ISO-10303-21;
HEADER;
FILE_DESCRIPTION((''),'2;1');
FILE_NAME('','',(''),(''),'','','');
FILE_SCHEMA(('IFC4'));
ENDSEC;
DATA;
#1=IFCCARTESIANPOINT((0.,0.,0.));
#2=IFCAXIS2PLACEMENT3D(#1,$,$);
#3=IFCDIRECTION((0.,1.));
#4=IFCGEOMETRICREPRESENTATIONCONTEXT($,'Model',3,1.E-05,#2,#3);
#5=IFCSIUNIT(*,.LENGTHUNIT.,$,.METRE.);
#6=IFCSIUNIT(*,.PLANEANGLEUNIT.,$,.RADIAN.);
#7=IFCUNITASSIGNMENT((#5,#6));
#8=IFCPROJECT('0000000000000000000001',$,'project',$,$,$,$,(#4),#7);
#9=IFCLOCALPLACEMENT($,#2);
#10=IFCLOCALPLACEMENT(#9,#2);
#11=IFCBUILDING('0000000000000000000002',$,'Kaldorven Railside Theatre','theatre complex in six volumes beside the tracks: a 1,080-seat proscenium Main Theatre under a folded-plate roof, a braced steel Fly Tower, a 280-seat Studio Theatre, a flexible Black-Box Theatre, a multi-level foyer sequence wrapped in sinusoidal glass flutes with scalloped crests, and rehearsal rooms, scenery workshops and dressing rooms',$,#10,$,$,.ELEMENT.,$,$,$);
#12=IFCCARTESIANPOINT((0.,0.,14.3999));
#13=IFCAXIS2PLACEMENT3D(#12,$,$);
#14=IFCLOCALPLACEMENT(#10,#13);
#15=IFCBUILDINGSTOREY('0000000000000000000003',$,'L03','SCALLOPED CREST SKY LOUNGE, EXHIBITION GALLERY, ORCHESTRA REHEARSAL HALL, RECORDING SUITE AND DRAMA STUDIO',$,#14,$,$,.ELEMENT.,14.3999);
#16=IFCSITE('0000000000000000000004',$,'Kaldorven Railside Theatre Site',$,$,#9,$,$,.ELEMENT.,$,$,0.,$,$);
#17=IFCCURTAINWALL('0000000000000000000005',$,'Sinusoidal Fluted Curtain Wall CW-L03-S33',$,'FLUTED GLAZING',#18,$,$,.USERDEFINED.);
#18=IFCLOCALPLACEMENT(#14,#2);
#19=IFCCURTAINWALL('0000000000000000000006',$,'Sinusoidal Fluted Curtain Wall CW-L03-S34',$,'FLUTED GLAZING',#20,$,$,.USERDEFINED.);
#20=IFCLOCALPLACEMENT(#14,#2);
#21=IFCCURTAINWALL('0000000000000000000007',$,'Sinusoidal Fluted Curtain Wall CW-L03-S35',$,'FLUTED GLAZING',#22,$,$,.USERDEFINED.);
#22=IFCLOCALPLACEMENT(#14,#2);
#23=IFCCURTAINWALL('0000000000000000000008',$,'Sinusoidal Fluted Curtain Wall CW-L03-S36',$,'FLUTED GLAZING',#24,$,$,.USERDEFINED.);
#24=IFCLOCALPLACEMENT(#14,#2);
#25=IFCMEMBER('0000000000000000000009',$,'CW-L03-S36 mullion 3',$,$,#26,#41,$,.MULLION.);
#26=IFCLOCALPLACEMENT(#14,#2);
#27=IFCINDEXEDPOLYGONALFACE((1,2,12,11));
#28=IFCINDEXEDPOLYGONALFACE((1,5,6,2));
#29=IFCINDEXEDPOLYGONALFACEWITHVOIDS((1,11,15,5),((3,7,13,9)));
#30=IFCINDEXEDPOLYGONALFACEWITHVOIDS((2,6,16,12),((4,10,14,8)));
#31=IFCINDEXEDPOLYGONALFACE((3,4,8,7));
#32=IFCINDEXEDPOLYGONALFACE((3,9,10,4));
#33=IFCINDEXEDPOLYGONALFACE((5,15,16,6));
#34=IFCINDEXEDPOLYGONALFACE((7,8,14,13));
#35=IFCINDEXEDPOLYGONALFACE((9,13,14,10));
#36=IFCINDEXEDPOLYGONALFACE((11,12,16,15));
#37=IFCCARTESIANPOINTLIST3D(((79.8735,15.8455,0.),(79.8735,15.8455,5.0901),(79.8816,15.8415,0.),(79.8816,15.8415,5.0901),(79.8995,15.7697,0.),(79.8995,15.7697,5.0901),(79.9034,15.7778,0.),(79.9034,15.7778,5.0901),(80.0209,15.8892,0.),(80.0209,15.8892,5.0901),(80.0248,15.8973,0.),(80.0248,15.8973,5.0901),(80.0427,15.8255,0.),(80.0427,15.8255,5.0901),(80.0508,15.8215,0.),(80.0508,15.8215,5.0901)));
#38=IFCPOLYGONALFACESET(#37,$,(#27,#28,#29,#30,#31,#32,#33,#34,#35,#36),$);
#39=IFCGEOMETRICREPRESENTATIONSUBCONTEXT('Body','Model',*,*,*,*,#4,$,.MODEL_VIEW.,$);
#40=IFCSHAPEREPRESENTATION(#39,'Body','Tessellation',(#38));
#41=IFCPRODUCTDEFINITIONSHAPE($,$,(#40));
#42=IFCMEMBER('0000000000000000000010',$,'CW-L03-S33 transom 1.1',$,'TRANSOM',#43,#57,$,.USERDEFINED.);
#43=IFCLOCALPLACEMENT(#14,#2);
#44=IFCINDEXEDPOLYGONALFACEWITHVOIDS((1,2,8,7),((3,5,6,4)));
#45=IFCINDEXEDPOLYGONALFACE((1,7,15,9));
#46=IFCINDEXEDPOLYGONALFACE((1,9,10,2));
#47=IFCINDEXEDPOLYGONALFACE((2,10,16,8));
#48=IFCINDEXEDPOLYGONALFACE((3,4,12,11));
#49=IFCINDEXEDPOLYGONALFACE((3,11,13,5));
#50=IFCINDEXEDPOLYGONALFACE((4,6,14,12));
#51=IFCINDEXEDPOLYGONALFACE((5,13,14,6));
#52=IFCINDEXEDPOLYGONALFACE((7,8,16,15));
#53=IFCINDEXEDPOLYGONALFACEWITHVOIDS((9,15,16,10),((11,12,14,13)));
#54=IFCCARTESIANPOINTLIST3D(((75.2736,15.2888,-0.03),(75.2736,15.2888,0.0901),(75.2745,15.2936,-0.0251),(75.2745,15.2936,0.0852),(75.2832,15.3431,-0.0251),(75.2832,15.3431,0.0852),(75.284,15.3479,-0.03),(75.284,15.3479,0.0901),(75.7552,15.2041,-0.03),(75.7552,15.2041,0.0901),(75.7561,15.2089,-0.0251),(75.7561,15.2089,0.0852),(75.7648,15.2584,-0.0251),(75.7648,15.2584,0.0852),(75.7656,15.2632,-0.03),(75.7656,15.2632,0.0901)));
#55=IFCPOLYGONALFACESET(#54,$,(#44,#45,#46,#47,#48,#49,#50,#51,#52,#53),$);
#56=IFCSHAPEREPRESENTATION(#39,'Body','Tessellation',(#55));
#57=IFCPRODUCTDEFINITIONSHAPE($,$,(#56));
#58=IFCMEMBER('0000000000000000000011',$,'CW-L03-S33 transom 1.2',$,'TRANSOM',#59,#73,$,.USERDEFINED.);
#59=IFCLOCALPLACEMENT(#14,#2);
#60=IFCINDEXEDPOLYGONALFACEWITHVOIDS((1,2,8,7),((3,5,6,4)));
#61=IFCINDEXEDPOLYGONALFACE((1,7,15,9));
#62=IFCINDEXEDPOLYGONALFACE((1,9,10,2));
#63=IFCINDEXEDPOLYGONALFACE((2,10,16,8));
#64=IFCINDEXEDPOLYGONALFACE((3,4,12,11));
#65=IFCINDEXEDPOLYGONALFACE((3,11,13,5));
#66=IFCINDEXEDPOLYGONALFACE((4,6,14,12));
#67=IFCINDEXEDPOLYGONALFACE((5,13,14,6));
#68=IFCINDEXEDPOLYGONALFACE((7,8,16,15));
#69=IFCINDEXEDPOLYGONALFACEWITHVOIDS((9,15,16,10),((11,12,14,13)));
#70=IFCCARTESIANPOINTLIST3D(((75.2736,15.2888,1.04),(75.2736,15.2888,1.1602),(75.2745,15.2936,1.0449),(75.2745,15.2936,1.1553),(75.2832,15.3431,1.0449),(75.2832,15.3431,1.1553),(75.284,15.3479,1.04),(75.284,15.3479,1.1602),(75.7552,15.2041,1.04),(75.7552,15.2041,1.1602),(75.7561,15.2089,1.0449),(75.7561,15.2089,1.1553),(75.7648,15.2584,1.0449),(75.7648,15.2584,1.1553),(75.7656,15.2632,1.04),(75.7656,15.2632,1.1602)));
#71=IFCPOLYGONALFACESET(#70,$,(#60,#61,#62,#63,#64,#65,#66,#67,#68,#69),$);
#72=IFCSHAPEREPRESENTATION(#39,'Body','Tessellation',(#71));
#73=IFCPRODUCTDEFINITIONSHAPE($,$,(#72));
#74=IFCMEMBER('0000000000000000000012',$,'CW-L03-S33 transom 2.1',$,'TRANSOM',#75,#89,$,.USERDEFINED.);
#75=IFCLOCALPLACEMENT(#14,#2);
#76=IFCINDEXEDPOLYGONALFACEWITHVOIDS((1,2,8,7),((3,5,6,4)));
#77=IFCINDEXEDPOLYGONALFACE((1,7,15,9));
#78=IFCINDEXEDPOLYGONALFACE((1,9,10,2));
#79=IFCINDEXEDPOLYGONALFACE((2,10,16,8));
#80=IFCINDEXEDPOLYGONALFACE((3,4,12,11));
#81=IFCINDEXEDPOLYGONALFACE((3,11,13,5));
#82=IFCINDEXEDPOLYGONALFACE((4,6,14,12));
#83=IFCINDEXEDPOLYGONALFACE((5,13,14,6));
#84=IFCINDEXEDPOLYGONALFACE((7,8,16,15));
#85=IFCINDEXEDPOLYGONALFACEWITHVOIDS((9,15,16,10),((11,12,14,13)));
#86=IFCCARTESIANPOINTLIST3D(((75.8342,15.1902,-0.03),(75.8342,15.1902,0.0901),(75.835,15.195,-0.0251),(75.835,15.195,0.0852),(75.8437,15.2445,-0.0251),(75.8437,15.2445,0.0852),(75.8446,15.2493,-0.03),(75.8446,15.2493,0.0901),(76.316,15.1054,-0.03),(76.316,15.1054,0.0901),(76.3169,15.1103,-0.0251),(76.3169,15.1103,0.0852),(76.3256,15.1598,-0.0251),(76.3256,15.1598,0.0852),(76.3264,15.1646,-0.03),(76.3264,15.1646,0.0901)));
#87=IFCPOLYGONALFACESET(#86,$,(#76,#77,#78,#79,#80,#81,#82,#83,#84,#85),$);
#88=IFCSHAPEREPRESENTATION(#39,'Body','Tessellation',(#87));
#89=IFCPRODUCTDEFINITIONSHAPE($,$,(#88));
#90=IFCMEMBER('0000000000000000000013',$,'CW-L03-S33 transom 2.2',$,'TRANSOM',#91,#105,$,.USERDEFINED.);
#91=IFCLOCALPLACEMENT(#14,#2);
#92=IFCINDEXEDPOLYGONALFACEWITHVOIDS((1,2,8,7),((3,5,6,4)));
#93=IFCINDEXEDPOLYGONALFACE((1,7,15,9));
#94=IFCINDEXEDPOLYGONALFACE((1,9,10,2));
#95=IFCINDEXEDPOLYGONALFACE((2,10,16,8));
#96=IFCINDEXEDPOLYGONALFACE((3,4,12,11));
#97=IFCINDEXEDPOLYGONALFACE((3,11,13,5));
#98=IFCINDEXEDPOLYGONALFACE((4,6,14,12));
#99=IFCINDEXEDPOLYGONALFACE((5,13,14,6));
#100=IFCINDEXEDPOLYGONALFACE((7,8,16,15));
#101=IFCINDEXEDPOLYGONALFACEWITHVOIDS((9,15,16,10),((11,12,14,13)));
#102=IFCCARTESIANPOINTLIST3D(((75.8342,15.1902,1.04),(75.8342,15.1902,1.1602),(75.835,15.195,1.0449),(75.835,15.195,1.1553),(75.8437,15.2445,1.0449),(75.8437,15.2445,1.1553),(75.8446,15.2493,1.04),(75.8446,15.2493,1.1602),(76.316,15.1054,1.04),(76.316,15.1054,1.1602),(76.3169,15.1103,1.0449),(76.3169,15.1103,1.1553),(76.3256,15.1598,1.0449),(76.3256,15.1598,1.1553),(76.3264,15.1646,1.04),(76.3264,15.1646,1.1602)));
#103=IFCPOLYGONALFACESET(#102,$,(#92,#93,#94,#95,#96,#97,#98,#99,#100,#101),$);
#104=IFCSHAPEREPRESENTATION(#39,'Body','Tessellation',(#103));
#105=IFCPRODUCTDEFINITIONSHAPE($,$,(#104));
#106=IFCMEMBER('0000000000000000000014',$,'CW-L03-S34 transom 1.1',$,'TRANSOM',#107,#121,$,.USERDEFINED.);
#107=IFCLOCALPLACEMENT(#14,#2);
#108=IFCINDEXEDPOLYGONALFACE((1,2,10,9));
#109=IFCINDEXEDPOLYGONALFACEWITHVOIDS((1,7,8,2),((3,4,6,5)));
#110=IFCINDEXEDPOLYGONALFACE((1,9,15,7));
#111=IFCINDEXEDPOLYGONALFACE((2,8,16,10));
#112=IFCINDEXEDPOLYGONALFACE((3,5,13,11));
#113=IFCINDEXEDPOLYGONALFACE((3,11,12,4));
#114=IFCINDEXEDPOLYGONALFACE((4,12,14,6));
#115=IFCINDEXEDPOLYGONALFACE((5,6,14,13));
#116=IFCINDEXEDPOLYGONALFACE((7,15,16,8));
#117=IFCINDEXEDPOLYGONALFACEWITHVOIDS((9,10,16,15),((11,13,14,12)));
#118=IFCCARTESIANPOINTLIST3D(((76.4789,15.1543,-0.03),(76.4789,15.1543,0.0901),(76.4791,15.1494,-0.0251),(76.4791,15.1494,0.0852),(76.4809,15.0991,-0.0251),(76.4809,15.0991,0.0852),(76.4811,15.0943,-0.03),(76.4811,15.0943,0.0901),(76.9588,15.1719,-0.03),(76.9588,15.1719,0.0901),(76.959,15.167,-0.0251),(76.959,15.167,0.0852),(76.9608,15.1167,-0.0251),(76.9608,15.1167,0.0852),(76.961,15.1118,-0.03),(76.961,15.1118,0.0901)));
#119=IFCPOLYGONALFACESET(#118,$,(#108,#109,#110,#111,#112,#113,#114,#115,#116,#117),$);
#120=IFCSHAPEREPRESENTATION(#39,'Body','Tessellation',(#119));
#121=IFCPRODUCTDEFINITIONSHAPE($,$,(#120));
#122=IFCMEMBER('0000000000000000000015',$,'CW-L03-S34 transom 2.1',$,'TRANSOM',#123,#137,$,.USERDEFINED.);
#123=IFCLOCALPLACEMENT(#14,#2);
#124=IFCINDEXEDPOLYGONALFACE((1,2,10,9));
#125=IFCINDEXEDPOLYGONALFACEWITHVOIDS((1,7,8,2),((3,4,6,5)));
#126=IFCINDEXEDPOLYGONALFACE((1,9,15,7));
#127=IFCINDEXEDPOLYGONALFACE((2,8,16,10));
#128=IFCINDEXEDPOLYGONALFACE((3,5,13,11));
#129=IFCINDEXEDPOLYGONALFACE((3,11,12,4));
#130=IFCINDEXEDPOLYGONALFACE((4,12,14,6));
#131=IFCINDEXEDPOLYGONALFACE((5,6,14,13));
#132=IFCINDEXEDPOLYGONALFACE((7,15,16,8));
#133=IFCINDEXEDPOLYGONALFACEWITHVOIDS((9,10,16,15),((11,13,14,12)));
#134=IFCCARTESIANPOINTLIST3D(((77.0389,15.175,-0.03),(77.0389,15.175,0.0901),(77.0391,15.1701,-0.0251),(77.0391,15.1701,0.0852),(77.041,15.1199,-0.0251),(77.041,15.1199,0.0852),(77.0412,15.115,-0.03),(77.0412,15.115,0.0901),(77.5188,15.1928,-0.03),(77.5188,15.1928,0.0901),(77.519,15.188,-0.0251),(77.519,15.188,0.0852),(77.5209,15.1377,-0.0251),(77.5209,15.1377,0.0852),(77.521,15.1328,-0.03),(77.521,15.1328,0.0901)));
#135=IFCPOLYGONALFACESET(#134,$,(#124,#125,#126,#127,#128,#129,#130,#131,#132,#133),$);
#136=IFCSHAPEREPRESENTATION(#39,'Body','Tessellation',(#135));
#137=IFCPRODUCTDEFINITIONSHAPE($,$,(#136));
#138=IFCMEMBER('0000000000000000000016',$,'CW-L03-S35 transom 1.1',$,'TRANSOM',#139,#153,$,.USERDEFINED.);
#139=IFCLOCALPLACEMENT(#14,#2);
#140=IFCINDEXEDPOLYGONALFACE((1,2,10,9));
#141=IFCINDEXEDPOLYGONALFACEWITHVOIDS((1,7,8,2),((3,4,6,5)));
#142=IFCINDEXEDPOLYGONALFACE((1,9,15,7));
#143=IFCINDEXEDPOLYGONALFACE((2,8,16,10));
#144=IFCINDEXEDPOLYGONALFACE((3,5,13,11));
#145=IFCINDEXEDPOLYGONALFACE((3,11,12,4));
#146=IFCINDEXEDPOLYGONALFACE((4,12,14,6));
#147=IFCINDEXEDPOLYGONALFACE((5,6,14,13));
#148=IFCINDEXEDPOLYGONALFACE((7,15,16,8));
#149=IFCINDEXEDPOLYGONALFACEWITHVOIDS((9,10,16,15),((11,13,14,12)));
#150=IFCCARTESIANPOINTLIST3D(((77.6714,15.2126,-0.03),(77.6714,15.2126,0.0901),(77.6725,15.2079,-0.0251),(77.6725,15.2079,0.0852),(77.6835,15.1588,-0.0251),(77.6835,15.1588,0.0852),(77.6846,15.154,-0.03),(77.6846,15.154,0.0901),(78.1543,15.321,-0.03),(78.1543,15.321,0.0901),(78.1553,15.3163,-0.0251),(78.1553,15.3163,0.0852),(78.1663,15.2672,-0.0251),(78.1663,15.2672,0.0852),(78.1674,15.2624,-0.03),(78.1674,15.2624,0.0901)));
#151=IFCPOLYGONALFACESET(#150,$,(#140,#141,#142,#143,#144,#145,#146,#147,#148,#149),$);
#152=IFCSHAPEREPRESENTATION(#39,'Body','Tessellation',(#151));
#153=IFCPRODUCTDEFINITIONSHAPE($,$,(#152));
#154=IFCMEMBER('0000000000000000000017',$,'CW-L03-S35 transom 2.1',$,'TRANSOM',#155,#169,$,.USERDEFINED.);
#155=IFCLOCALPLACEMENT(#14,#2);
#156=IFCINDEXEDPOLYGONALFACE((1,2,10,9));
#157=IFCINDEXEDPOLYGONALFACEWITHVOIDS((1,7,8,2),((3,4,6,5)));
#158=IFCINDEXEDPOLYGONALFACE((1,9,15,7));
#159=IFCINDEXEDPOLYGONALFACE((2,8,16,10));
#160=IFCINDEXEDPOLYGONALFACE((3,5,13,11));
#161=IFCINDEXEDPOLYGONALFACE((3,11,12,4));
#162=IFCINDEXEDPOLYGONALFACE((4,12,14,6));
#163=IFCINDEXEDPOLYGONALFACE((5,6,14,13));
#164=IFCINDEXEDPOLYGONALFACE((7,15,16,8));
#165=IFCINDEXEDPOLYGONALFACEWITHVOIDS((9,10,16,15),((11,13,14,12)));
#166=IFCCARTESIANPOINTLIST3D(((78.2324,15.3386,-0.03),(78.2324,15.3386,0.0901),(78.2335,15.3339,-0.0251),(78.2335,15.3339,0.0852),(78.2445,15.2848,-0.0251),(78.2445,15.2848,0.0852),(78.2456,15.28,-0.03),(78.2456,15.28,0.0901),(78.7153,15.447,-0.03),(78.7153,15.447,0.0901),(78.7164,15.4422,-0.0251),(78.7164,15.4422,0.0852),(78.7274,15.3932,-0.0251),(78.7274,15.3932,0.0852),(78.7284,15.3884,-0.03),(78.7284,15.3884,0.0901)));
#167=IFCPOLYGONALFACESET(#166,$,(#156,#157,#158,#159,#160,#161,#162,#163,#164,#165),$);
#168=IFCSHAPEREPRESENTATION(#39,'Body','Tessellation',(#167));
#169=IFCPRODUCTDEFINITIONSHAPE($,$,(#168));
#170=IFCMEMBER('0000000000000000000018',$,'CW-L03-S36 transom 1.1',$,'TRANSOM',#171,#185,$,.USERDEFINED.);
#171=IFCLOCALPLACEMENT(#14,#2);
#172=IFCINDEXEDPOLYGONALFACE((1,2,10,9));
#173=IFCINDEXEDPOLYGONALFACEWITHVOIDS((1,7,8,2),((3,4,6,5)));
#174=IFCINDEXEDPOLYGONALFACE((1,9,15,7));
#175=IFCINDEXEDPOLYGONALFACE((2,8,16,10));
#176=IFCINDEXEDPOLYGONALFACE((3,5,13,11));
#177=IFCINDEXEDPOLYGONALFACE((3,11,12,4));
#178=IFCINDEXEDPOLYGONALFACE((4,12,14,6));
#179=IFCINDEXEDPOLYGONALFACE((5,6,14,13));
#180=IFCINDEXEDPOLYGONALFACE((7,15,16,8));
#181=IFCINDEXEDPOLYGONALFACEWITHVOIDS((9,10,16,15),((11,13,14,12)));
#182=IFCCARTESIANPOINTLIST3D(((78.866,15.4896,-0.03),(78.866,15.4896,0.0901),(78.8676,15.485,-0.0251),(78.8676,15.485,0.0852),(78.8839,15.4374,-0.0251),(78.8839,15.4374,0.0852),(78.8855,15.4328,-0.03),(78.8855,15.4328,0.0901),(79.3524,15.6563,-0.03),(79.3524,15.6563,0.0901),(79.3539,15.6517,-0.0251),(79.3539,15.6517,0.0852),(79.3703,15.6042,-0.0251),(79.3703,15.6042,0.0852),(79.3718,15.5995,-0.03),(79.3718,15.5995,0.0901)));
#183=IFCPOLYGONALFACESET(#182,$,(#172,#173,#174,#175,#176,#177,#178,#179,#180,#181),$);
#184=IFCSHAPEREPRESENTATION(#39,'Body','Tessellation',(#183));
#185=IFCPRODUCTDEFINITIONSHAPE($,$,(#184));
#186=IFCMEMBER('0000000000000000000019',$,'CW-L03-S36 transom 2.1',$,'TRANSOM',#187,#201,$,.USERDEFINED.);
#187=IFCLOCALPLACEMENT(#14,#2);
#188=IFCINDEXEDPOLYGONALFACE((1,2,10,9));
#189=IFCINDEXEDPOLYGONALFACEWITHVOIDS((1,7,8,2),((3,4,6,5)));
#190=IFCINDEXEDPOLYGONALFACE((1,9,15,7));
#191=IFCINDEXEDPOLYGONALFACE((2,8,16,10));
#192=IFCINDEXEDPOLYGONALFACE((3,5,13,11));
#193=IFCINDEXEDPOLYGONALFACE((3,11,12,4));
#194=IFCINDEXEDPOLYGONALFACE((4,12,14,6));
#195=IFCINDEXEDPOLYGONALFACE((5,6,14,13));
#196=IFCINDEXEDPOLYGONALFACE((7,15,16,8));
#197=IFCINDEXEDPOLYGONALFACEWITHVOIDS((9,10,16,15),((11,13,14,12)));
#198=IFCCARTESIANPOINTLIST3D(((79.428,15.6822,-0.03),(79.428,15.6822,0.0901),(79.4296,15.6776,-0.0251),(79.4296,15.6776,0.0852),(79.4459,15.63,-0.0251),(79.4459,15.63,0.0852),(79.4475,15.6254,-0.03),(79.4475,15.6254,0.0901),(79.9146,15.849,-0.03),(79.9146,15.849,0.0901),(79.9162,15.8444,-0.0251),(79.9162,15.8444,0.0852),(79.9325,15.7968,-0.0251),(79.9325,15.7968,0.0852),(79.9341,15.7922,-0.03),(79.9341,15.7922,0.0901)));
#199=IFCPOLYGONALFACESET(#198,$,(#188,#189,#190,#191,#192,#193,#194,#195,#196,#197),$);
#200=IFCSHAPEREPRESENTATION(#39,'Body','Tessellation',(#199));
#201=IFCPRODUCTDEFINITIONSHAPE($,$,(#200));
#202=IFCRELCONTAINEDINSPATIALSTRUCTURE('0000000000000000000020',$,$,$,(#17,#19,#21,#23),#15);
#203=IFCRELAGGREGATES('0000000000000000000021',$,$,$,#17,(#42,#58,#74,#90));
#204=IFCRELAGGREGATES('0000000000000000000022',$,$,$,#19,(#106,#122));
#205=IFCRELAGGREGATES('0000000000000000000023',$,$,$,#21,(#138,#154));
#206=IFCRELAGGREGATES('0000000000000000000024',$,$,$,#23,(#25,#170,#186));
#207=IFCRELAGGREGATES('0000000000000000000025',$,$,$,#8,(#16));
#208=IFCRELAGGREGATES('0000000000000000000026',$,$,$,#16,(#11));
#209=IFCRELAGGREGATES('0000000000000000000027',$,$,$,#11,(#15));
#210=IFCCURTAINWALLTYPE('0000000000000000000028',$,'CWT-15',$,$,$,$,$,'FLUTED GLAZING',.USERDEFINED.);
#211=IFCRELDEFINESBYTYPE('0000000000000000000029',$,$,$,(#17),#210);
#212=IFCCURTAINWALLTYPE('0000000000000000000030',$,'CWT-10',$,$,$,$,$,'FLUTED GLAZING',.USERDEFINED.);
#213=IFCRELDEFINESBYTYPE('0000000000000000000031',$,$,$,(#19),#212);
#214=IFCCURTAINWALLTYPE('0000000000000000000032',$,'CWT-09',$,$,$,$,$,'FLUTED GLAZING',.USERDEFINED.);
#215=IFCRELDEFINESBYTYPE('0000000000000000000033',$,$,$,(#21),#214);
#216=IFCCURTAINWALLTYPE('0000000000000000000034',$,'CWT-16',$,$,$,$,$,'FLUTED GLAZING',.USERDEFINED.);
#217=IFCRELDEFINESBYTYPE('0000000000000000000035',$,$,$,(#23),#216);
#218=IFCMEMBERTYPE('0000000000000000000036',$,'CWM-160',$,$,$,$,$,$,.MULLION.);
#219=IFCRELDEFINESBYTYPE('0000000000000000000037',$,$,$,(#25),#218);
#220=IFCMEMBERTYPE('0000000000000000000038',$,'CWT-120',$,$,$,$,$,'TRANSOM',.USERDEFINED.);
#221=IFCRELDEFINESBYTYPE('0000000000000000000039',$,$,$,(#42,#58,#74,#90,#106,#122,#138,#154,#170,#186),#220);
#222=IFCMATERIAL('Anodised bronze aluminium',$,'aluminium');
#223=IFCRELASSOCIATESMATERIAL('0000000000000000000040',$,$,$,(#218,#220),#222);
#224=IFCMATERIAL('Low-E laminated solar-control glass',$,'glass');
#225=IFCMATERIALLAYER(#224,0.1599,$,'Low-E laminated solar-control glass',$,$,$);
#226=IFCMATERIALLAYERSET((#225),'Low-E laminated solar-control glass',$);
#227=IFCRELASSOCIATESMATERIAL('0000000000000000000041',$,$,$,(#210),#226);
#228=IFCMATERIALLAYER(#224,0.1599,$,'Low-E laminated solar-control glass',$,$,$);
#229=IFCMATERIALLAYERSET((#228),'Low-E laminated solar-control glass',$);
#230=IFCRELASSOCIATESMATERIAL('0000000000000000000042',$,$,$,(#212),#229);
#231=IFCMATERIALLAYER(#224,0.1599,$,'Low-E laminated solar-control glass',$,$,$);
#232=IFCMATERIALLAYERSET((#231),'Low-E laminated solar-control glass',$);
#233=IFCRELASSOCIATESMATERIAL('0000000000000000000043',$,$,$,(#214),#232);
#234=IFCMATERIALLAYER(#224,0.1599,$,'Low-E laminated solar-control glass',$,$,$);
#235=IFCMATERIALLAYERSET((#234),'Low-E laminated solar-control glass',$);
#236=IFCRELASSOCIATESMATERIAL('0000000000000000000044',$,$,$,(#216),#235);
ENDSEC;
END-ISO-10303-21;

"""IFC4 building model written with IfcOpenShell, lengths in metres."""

from ifc_helpers import new_model, si_unit, direction, frame, origin, origin_2d, place, context, subcontext, project, spatial, hollow_rectangle, extrude, material, layer, layer_set, material_profile, profile_set, type_object, element, aggregate, save


model = new_model("IFC4")

# Units and contexts
model_context = context("Model", 3, precision=1e-05, world=origin(), true_north=direction((0.0, 1.0)))
body_context = subcontext(model_context, "Body", "Model", "MODEL_VIEW")
ifc_project = project(units=[si_unit("LENGTHUNIT", "METRE"), si_unit("PLANEANGLEUNIT", "RADIAN")], contexts=[model_context])

# Site, building, storey
site_placement = place(None, origin())
site = spatial("IfcSite", under=ifc_project, at=site_placement, Name="Kaldorven Railside Theatre Site", CompositionType="ELEMENT", RefElevation=0.0)
building_placement = place(site_placement, origin())
building = spatial("IfcBuilding", under=site, at=building_placement, Name="Kaldorven Railside Theatre", Description="theatre complex in six volumes beside the tracks: a 1,080-seat proscenium Main Theatre under a folded-plate roof, a braced steel Fly Tower, a 280-seat Studio Theatre, a flexible Black-Box Theatre, a multi-level foyer sequence wrapped in sinusoidal glass flutes with scalloped crests, and rehearsal rooms, scenery workshops and dressing rooms", CompositionType="ELEMENT")
storey_placement = place(building_placement, frame((0.0, 0.0, 14.3999)))
storey = spatial("IfcBuildingStorey", under=building, at=storey_placement, Name="L03", Description="SCALLOPED CREST SKY LOUNGE, EXHIBITION GALLERY, ORCHESTRA REHEARSAL HALL, RECORDING SUITE AND DRAMA STUDIO", CompositionType="ELEMENT", Elevation=14.3999)

# Shared definitions
ifc_material_1 = material(Name="Low-E laminated solar-control glass", Category="glass")
ifc_material_2 = material(Name="Anodised bronze aluminium", Category="aluminium")
ifc_material_profile_1 = material_profile(ifc_material_2, hollow_rectangle(XDim=0.0801, YDim=0.1599, WallThickness=0.0063, at=origin_2d()), Name="RHS 160x80x6.3")
ifc_profile_set_1 = profile_set([ifc_material_profile_1], Name="Anodised bronze aluminium")
member_type_1 = type_object("IfcMemberType", Name="CWM-160", PredefinedType="MULLION", material=ifc_profile_set_1)

# Curtain walls, member
ifc_layer_1 = layer(ifc_material_1, 0.1599, Name="Low-E laminated solar-control glass")
ifc_layer_set_1 = layer_set([ifc_layer_1], Name="Low-E laminated solar-control glass")
curtain_wall_type_1 = type_object("IfcCurtainWallType", Name="CWT-15", ElementType="FLUTED GLAZING", PredefinedType="USERDEFINED", material=ifc_layer_set_1)
curtain_wall_1_placement = place(storey_placement, origin())
curtain_wall_1 = element("IfcCurtainWall", 1, at=curtain_wall_1_placement, inside=storey, type_object=curtain_wall_type_1, Name="Sinusoidal Fluted Curtain Wall CW-L03-S33", ObjectType="FLUTED GLAZING", PredefinedType="USERDEFINED")
ifc_layer_2 = layer(ifc_material_1, 0.1599, Name="Low-E laminated solar-control glass")
ifc_layer_set_2 = layer_set([ifc_layer_2], Name="Low-E laminated solar-control glass")
curtain_wall_type_2 = type_object("IfcCurtainWallType", Name="CWT-10", ElementType="FLUTED GLAZING", PredefinedType="USERDEFINED", material=ifc_layer_set_2)
curtain_wall_2_placement = place(storey_placement, origin())
curtain_wall_2 = element("IfcCurtainWall", 2, at=curtain_wall_2_placement, inside=storey, type_object=curtain_wall_type_2, Name="Sinusoidal Fluted Curtain Wall CW-L03-S34", ObjectType="FLUTED GLAZING", PredefinedType="USERDEFINED")
ifc_layer_3 = layer(ifc_material_1, 0.1599, Name="Low-E laminated solar-control glass")
ifc_layer_set_3 = layer_set([ifc_layer_3], Name="Low-E laminated solar-control glass")
curtain_wall_type_3 = type_object("IfcCurtainWallType", Name="CWT-09", ElementType="FLUTED GLAZING", PredefinedType="USERDEFINED", material=ifc_layer_set_3)
curtain_wall_3_placement = place(storey_placement, origin())
curtain_wall_3 = element("IfcCurtainWall", 3, at=curtain_wall_3_placement, inside=storey, type_object=curtain_wall_type_3, Name="Sinusoidal Fluted Curtain Wall CW-L03-S35", ObjectType="FLUTED GLAZING", PredefinedType="USERDEFINED")
ifc_layer_4 = layer(ifc_material_1, 0.1599, Name="Low-E laminated solar-control glass")
ifc_layer_set_4 = layer_set([ifc_layer_4], Name="Low-E laminated solar-control glass")
curtain_wall_type_4 = type_object("IfcCurtainWallType", Name="CWT-16", ElementType="FLUTED GLAZING", PredefinedType="USERDEFINED", material=ifc_layer_set_4)
curtain_wall_4_placement = place(storey_placement, origin())
curtain_wall_4 = element("IfcCurtainWall", 4, at=curtain_wall_4_placement, inside=storey, type_object=curtain_wall_type_4, Name="Sinusoidal Fluted Curtain Wall CW-L03-S36", ObjectType="FLUTED GLAZING", PredefinedType="USERDEFINED")
member_1_placement = place(storey_placement, frame((79.9622, 15.8335, 0.0), z_axis=(0.0, 0.0, 1.0), x_axis=(-0.324093, 0.946025, 0.0)))
member_1 = element("IfcMember", 5, at=member_1_placement, type_object=member_type_1, Name="CW-L03-S36 mullion 3", PredefinedType="MULLION", context=body_context, shape_type="SweptSolid", body=[
    extrude(hollow_rectangle(XDim=0.0801, YDim=0.1599, WallThickness=0.0063, at=origin_2d()), origin(), (0.0, 0.0, 1.0), 5.0901),
])

# Members
ifc_material_profile_2 = material_profile(ifc_material_2, hollow_rectangle(XDim=0.0601, YDim=0.1201, WallThickness=0.0049, at=origin_2d()), Name="RHS 120x60x5")
ifc_profile_set_2 = profile_set([ifc_material_profile_2], Name="Anodised bronze aluminium")
member_type_2 = type_object("IfcMemberType", Name="CWT-120", ElementType="TRANSOM", PredefinedType="USERDEFINED", material=ifc_profile_set_2)
member_2_placement = place(storey_placement, frame((75.2788, 15.3184, 0.03), z_axis=(0.984884, -0.173216, 0.0), x_axis=(0.173216, 0.984884, 0.0)))
member_2 = element("IfcMember", 6, at=member_2_placement, type_object=member_type_2, Name="CW-L03-S33 transom 1.1", ObjectType="TRANSOM", PredefinedType="USERDEFINED", context=body_context, shape_type="SweptSolid", body=[
    extrude(hollow_rectangle(XDim=0.0601, YDim=0.1201, WallThickness=0.0049, at=origin_2d()), origin(), (0.0, 0.0, 1.0), 0.489),
])
member_3_placement = place(storey_placement, frame((75.2788, 15.3184, 1.1001), z_axis=(0.984884, -0.173216, 0.0), x_axis=(0.173216, 0.984884, 0.0)))
member_3 = element("IfcMember", 7, at=member_3_placement, type_object=member_type_2, Name="CW-L03-S33 transom 1.2", ObjectType="TRANSOM", PredefinedType="USERDEFINED", context=body_context, shape_type="SweptSolid", body=[
    extrude(hollow_rectangle(XDim=0.0601, YDim=0.1201, WallThickness=0.0049, at=origin_2d()), origin(), (0.0, 0.0, 1.0), 0.489),
])
member_4_placement = place(storey_placement, frame((75.8394, 15.2197, 0.03), z_axis=(0.984899, -0.173131, 0.0), x_axis=(0.173131, 0.984899, 0.0)))
member_4 = element("IfcMember", 8, at=member_4_placement, type_object=member_type_2, Name="CW-L03-S33 transom 2.1", ObjectType="TRANSOM", PredefinedType="USERDEFINED", context=body_context, shape_type="SweptSolid", body=[
    extrude(hollow_rectangle(XDim=0.0601, YDim=0.1201, WallThickness=0.0049, at=origin_2d()), origin(), (0.0, 0.0, 1.0), 0.4893),
])
member_5_placement = place(storey_placement, frame((75.8394, 15.2197, 1.1001), z_axis=(0.984899, -0.173131, 0.0), x_axis=(0.173131, 0.984899, 0.0)))
member_5 = element("IfcMember", 9, at=member_5_placement, type_object=member_type_2, Name="CW-L03-S33 transom 2.2", ObjectType="TRANSOM", PredefinedType="USERDEFINED", context=body_context, shape_type="SweptSolid", body=[
    extrude(hollow_rectangle(XDim=0.0601, YDim=0.1201, WallThickness=0.0049, at=origin_2d()), origin(), (0.0, 0.0, 1.0), 0.4893),
])
member_6_placement = place(storey_placement, frame((76.48, 15.1243, 0.03), z_axis=(0.99933, 0.036598, 0.0), x_axis=(-0.036598, 0.99933, 0.0)))
member_6 = element("IfcMember", 10, at=member_6_placement, type_object=member_type_2, Name="CW-L03-S34 transom 1.1", ObjectType="TRANSOM", PredefinedType="USERDEFINED", context=body_context, shape_type="SweptSolid", body=[
    extrude(hollow_rectangle(XDim=0.0601, YDim=0.1201, WallThickness=0.0049, at=origin_2d()), origin(), (0.0, 0.0, 1.0), 0.4802),
])
member_7_placement = place(storey_placement, frame((77.04, 15.145, 0.03), z_axis=(0.999311, 0.037106, 0.0), x_axis=(-0.037106, 0.999311, 0.0)))
member_7 = element("IfcMember", 11, at=member_7_placement, type_object=member_type_2, Name="CW-L03-S34 transom 2.1", ObjectType="TRANSOM", PredefinedType="USERDEFINED", context=body_context, shape_type="SweptSolid", body=[
    extrude(hollow_rectangle(XDim=0.0601, YDim=0.1201, WallThickness=0.0049, at=origin_2d()), origin(), (0.0, 0.0, 1.0), 0.4802),
])
member_8_placement = place(storey_placement, frame((77.678, 15.1833, 0.03), z_axis=(0.975721, 0.219019, 0.0), x_axis=(-0.219019, 0.975721, 0.0)))
member_8 = element("IfcMember", 12, at=member_8_placement, type_object=member_type_2, Name="CW-L03-S35 transom 1.1", ObjectType="TRANSOM", PredefinedType="USERDEFINED", context=body_context, shape_type="SweptSolid", body=[
    extrude(hollow_rectangle(XDim=0.0601, YDim=0.1201, WallThickness=0.0049, at=origin_2d()), origin(), (0.0, 0.0, 1.0), 0.4949),
])
member_9_placement = place(storey_placement, frame((78.239, 15.3093, 0.03), z_axis=(0.975721, 0.219019, 0.0), x_axis=(-0.219019, 0.975721, 0.0)))
member_9 = element("IfcMember", 13, at=member_9_placement, type_object=member_type_2, Name="CW-L03-S35 transom 2.1", ObjectType="TRANSOM", PredefinedType="USERDEFINED", context=body_context, shape_type="SweptSolid", body=[
    extrude(hollow_rectangle(XDim=0.0601, YDim=0.1201, WallThickness=0.0049, at=origin_2d()), origin(), (0.0, 0.0, 1.0), 0.4949),
])
member_10_placement = place(storey_placement, frame((78.8757, 15.4612, 0.03), z_axis=(0.945942, 0.324336, 0.0), x_axis=(-0.324336, 0.945942, 0.0)))
member_10 = element("IfcMember", 14, at=member_10_placement, type_object=member_type_2, Name="CW-L03-S36 transom 1.1", ObjectType="TRANSOM", PredefinedType="USERDEFINED", context=body_context, shape_type="SweptSolid", body=[
    extrude(hollow_rectangle(XDim=0.0601, YDim=0.1201, WallThickness=0.0049, at=origin_2d()), origin(), (0.0, 0.0, 1.0), 0.5142),
])
member_11_placement = place(storey_placement, frame((79.4377, 15.6538, 0.03), z_axis=(0.945992, 0.324191, 0.0), x_axis=(-0.324191, 0.945992, 0.0)))
member_11 = element("IfcMember", 15, at=member_11_placement, type_object=member_type_2, Name="CW-L03-S36 transom 2.1", ObjectType="TRANSOM", PredefinedType="USERDEFINED", context=body_context, shape_type="SweptSolid", body=[
    extrude(hollow_rectangle(XDim=0.0601, YDim=0.1201, WallThickness=0.0049, at=origin_2d()), origin(), (0.0, 0.0, 1.0), 0.5144),
])

aggregate(curtain_wall_1, [member_2, member_3, member_4, member_5])
aggregate(curtain_wall_2, [member_6, member_7])
aggregate(curtain_wall_3, [member_8, member_9])
aggregate(curtain_wall_4, [member_1, member_10, member_11])

save(model, "model.ifc")
